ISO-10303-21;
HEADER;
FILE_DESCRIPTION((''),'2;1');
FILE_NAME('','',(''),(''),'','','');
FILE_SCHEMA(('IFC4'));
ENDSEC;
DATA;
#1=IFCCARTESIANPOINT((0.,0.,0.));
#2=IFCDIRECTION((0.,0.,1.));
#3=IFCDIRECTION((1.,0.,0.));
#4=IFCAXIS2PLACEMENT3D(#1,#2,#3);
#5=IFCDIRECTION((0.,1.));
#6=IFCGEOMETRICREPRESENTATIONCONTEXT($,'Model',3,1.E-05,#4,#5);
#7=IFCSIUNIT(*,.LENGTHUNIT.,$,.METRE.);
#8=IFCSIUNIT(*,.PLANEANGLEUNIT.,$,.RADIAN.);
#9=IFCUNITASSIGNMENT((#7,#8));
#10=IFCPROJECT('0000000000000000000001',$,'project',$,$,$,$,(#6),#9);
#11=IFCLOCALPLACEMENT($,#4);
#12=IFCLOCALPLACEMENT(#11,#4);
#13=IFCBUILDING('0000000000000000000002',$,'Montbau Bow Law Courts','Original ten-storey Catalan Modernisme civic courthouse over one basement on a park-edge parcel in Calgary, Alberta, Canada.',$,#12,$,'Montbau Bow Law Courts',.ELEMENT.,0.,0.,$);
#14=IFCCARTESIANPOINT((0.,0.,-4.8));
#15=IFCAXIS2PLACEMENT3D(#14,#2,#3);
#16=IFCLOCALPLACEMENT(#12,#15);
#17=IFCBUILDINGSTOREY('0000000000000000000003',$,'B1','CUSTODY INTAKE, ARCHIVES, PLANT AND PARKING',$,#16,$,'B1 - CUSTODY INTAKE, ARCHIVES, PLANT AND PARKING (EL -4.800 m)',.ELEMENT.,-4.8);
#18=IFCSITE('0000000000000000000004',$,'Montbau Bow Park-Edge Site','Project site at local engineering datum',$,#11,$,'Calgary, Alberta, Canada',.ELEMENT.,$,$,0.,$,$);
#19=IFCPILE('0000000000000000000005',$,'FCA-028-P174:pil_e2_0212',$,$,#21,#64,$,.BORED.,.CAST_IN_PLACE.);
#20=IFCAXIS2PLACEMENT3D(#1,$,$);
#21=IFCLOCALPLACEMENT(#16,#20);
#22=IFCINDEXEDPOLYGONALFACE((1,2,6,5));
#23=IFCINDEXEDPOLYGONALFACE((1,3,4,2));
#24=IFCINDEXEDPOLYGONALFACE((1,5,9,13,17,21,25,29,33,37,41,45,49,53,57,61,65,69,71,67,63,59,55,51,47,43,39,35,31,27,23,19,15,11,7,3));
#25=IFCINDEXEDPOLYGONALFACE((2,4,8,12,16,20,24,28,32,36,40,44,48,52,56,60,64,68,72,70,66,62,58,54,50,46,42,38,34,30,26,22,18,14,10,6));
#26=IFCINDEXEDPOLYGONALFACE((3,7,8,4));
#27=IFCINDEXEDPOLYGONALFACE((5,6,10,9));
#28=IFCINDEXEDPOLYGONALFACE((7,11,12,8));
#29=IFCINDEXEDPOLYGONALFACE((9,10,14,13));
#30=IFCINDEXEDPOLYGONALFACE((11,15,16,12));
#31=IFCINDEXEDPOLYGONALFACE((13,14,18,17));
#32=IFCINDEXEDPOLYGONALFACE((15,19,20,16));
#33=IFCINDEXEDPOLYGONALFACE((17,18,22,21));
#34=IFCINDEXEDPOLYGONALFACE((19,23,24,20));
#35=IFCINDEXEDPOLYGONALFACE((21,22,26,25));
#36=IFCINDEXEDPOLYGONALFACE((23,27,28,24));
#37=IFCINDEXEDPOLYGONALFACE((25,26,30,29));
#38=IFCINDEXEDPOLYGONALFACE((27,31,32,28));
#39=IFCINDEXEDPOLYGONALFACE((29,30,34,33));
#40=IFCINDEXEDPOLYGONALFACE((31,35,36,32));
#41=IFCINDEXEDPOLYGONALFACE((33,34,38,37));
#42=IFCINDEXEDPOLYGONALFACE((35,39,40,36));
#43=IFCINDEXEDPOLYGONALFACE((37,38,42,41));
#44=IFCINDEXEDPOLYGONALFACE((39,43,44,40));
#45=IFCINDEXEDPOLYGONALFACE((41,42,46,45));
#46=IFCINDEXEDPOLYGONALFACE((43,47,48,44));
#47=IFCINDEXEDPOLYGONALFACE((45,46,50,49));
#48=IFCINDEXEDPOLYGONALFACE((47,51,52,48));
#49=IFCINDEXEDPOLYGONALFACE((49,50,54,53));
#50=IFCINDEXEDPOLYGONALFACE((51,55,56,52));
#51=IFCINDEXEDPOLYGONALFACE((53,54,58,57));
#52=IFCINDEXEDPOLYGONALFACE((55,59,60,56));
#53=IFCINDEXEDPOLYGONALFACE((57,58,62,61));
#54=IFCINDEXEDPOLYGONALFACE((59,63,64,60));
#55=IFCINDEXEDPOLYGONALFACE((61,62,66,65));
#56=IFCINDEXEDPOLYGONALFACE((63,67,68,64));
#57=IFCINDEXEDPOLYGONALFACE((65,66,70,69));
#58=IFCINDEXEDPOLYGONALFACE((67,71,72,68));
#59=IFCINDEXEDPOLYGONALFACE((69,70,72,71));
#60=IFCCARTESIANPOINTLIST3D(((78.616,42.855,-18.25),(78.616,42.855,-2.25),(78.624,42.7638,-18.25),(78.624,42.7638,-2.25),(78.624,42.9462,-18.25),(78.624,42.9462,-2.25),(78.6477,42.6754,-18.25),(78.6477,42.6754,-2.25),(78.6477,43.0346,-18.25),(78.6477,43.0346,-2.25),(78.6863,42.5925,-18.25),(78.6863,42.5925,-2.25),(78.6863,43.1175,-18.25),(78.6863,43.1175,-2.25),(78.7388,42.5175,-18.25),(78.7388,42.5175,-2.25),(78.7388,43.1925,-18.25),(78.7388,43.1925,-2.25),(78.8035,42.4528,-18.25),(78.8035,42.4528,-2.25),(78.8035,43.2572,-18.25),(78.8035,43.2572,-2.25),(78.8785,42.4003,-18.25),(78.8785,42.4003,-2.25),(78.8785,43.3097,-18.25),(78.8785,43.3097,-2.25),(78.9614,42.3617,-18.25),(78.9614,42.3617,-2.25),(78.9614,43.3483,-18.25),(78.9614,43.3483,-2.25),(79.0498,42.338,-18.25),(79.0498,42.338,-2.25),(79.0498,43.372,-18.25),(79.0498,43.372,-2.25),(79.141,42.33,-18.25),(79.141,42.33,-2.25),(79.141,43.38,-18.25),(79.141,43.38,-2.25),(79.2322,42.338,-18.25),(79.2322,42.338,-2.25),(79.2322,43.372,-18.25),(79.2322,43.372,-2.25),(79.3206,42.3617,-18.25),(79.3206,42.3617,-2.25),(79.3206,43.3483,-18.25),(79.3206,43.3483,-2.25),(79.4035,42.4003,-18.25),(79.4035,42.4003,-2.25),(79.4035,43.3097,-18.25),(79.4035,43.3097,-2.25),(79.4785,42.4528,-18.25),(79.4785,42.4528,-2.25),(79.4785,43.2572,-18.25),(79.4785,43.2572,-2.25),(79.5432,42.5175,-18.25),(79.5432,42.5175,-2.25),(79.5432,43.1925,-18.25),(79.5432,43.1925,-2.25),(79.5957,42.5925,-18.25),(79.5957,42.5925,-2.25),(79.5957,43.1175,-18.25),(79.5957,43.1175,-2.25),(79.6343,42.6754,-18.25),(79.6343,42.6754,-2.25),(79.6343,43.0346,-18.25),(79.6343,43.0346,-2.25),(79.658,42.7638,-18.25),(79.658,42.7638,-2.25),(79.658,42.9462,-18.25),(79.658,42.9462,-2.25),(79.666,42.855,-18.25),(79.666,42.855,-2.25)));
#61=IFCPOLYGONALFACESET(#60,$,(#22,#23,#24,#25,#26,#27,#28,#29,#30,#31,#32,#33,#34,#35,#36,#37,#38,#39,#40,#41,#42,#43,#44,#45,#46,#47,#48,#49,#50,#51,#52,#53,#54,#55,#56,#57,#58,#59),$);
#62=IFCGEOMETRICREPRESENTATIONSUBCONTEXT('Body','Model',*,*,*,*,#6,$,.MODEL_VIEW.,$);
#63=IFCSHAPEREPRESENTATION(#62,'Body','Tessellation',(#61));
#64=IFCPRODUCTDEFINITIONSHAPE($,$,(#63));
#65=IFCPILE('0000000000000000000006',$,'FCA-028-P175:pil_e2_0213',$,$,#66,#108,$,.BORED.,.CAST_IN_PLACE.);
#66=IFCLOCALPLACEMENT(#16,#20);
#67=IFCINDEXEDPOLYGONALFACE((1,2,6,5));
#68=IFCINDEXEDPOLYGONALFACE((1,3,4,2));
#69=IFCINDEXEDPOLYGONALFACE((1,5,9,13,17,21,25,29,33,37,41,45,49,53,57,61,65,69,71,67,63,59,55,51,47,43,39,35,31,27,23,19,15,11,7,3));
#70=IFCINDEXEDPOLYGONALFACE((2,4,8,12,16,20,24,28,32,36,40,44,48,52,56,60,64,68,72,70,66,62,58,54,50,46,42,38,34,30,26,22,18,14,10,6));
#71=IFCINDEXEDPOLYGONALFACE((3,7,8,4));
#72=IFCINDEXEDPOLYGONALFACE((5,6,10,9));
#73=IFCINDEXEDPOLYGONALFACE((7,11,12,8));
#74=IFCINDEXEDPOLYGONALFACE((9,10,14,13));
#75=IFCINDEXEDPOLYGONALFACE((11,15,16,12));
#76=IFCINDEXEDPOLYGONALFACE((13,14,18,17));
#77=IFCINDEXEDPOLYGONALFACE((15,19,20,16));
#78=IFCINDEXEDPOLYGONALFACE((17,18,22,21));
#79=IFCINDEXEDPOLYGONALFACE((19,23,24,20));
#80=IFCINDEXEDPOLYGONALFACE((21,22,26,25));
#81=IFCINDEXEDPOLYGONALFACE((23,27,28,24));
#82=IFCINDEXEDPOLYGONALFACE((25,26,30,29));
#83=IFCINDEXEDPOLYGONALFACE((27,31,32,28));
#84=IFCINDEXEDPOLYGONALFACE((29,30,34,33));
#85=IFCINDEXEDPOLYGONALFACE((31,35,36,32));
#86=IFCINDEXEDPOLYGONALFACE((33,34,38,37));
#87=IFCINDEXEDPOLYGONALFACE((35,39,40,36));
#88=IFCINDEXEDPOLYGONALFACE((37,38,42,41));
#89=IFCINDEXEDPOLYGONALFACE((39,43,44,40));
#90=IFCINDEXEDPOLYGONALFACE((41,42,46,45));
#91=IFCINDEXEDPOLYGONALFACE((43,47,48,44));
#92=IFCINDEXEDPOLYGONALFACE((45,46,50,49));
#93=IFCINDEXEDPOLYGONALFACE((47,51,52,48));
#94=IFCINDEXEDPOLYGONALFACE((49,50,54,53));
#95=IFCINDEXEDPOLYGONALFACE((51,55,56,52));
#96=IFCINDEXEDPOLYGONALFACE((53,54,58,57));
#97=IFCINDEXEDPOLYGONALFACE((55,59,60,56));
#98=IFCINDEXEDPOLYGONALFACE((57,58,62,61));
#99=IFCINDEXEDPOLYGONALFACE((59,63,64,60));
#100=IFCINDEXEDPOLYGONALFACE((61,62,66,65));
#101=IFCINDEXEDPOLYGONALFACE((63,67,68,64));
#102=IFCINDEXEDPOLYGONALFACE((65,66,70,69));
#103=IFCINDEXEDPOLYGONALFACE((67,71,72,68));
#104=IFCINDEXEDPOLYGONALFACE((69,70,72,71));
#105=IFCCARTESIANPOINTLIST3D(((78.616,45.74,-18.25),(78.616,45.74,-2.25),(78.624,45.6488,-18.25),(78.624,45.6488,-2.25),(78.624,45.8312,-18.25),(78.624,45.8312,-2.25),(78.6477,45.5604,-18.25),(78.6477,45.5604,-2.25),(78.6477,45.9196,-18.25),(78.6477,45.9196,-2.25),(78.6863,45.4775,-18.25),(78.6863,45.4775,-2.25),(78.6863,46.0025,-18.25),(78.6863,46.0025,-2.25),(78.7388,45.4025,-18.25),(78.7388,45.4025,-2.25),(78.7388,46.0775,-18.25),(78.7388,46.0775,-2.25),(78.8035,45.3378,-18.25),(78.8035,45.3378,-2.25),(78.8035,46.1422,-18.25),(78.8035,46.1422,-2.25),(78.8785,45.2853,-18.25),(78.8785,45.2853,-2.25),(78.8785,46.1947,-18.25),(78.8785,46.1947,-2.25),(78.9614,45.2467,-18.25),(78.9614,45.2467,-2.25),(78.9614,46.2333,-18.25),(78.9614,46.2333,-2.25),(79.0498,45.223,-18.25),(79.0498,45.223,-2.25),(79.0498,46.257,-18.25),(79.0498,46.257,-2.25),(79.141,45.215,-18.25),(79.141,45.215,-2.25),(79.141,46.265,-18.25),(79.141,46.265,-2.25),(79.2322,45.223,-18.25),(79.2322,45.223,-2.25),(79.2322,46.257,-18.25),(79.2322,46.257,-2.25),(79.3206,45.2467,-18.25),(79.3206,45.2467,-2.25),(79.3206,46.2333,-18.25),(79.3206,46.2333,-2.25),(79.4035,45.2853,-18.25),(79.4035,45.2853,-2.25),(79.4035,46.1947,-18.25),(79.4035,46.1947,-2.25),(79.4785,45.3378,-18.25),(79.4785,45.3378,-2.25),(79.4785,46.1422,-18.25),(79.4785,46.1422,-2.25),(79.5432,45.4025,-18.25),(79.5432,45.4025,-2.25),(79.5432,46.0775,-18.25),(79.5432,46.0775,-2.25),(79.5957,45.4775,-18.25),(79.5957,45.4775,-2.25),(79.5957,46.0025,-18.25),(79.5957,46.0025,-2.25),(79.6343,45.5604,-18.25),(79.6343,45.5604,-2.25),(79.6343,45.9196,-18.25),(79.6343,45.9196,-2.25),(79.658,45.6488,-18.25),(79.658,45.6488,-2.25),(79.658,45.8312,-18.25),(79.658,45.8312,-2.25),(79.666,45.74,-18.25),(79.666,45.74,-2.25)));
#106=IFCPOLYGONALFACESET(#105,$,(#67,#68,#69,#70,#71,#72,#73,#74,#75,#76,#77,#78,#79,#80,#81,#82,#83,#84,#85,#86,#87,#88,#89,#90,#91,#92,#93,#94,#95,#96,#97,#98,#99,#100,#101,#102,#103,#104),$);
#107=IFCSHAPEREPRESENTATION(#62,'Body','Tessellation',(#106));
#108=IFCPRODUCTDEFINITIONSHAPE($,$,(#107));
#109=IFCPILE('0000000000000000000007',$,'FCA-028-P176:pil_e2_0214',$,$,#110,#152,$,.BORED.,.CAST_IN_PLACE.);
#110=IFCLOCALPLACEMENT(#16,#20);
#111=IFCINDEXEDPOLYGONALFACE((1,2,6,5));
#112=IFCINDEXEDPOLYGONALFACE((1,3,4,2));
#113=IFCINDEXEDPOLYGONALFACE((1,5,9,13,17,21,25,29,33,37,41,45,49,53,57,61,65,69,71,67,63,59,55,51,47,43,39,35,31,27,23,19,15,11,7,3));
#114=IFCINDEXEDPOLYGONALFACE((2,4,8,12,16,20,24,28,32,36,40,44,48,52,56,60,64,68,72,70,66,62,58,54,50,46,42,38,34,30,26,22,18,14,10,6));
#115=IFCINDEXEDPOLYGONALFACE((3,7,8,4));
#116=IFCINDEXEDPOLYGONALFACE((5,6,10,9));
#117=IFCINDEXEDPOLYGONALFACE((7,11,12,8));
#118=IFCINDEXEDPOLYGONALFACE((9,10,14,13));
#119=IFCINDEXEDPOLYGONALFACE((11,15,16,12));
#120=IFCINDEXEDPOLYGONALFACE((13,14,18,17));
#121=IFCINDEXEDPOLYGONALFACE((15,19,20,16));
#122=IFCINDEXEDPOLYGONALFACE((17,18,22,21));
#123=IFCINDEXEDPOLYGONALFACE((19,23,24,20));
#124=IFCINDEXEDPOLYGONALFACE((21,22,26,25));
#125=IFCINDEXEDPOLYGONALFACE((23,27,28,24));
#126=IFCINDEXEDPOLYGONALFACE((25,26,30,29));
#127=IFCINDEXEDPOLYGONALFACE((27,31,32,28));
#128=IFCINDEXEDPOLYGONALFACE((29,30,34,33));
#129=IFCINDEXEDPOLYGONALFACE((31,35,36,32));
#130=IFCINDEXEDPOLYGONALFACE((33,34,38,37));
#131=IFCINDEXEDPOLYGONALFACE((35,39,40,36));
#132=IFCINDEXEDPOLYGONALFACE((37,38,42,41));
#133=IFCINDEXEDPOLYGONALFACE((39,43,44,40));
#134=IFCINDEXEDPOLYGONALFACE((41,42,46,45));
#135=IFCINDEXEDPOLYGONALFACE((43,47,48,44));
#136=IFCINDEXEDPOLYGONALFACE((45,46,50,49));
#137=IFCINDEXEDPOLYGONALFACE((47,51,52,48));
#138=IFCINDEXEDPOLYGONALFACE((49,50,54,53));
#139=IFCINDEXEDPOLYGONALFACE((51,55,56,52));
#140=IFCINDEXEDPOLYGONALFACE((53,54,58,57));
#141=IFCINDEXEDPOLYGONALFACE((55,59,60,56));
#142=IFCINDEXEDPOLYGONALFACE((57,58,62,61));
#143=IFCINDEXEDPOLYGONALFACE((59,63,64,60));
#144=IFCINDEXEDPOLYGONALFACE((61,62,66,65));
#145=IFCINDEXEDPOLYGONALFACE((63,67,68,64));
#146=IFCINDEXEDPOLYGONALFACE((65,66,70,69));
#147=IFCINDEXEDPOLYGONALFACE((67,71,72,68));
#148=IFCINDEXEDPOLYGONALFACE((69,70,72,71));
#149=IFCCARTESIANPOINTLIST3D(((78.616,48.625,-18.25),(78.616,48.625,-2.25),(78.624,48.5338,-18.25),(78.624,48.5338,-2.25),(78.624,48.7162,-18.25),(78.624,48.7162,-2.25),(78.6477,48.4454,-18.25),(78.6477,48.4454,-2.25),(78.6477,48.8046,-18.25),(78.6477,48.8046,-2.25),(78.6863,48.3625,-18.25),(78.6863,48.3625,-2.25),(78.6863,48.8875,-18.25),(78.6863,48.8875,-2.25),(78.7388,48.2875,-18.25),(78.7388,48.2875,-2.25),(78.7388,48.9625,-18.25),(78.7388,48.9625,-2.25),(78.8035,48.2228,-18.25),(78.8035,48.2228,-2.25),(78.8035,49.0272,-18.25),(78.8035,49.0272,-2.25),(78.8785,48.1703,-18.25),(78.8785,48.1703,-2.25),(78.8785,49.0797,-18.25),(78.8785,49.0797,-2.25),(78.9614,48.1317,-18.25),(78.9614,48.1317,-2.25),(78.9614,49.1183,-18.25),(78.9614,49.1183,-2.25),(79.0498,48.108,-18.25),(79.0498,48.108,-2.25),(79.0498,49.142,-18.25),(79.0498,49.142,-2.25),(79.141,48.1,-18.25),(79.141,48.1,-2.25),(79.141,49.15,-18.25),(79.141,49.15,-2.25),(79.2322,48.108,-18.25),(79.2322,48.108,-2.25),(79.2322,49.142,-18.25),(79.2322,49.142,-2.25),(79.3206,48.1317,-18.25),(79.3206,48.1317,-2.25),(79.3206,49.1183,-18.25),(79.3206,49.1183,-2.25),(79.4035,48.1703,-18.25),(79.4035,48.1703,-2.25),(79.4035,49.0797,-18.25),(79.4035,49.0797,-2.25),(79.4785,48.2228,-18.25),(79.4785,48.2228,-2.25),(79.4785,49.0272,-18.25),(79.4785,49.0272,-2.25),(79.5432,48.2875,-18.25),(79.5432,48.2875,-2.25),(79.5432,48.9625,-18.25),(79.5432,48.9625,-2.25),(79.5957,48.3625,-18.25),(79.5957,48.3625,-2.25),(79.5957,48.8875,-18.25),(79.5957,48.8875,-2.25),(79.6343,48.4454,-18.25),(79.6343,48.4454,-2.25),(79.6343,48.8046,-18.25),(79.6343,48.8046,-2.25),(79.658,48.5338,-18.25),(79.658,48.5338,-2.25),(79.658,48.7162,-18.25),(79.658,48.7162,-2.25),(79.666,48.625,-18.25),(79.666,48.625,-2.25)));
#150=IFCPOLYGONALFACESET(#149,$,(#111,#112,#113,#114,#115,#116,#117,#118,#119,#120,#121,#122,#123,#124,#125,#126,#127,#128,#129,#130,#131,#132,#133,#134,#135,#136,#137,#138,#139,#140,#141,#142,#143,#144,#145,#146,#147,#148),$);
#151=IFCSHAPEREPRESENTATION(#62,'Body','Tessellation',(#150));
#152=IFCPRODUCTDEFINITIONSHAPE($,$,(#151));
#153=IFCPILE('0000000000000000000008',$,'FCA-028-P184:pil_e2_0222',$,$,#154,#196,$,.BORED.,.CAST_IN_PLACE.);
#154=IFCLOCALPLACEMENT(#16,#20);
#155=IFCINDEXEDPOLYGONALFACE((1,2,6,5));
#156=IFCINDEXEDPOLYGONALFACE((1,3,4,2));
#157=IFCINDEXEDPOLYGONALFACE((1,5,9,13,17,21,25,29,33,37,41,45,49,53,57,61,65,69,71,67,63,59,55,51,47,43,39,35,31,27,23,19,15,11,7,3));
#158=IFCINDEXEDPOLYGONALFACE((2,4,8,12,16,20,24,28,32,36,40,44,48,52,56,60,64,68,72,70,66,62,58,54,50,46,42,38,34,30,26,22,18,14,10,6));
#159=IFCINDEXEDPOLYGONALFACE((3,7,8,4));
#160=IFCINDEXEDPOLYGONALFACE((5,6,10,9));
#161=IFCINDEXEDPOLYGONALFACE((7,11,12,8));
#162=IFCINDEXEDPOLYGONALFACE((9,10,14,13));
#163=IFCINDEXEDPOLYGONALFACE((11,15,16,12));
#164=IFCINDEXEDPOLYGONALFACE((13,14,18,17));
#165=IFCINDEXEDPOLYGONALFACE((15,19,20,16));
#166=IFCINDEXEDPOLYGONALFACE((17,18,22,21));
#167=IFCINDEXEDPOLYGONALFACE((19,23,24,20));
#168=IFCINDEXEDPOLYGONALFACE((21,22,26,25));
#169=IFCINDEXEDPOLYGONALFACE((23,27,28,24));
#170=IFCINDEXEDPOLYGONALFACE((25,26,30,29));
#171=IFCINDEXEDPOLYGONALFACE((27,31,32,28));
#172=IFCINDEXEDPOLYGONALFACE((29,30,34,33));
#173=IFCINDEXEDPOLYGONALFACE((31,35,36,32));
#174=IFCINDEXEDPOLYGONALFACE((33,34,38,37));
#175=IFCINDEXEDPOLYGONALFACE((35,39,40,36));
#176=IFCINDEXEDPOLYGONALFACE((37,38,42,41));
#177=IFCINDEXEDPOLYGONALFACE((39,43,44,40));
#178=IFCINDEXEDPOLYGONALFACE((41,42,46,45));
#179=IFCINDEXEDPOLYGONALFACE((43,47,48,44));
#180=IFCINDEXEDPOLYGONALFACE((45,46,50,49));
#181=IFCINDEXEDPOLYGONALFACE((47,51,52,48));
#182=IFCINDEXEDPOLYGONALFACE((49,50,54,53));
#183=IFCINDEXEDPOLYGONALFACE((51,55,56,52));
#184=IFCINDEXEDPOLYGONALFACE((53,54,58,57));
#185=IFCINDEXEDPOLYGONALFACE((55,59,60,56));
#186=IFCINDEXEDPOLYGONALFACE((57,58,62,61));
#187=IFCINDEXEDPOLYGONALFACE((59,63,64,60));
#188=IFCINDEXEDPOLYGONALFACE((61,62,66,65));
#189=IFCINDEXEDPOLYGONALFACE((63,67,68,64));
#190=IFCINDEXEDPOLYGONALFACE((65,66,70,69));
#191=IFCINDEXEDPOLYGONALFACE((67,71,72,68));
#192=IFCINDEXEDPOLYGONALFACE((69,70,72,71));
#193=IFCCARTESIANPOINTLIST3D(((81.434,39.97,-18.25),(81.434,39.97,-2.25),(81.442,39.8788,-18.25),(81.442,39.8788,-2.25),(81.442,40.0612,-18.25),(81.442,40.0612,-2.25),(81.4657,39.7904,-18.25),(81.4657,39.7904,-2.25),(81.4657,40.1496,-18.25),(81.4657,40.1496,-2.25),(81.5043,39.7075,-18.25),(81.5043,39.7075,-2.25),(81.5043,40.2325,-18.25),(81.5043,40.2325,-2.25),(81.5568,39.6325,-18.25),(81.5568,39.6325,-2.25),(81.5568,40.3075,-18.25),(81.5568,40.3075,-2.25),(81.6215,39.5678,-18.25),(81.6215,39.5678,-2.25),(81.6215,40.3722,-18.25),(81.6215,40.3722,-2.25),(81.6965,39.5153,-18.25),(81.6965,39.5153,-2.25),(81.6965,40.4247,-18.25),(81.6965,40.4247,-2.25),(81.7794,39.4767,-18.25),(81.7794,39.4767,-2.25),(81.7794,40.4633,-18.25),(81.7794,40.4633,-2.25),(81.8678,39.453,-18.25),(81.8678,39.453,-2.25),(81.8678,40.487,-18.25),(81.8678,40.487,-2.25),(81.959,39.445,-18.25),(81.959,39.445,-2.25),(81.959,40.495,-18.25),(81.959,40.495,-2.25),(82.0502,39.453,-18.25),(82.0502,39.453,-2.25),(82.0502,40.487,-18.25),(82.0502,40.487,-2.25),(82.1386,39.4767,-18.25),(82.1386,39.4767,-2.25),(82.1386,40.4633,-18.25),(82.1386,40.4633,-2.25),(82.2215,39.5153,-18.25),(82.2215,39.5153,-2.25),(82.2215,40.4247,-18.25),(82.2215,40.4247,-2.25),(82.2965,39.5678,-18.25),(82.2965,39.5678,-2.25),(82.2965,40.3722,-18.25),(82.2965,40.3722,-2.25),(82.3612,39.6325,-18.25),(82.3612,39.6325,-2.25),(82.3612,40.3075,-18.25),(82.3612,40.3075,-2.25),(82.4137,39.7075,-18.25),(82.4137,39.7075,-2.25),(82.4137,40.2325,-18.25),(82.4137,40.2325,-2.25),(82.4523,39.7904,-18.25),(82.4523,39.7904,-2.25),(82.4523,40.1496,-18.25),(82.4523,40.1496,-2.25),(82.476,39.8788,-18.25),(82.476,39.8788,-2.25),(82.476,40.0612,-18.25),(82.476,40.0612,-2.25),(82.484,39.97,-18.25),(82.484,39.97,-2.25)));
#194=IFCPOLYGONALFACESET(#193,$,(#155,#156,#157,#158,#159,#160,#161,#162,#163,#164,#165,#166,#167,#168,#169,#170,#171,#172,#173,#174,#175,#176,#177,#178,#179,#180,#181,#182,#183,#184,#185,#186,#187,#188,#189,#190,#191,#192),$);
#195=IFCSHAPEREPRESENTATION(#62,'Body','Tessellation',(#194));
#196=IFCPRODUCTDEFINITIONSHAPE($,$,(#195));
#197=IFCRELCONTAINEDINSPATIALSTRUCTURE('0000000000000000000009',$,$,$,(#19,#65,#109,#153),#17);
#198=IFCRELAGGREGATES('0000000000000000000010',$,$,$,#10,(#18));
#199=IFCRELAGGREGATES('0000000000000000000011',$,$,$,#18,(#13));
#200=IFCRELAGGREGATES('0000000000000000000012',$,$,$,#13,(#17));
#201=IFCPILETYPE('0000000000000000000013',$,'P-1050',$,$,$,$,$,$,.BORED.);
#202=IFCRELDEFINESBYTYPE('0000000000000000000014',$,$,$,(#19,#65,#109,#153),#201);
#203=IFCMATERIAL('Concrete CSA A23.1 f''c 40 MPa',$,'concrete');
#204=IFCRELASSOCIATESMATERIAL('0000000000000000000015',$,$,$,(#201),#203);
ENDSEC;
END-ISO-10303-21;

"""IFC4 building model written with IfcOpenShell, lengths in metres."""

from ifc_helpers import new_model, si_unit, direction, frame, origin_with_axes, origin_2d_with_axis, place, context, subcontext, project, spatial, circle, extrude, material, material_profile, profile_set, type_object, element, save


model = new_model("IFC4")

# Units and contexts
model_context = context("Model", 3, precision=1e-05, world=origin_with_axes(), true_north=direction((0.0, 1.0)))
body_context = subcontext(model_context, "Body", "Model", "MODEL_VIEW")
ifc_project = project(units=[si_unit("LENGTHUNIT", "METRE"), si_unit("PLANEANGLEUNIT", "RADIAN")], contexts=[model_context])

# Site, building, storey
site_placement = place(None, origin_with_axes())
site = spatial("IfcSite", under=ifc_project, at=site_placement, Name="Montbau Bow Park-Edge Site", Description="Project site at local engineering datum", LongName="Calgary, Alberta, Canada", CompositionType="ELEMENT", RefElevation=0.0)
building_placement = place(site_placement, origin_with_axes())
building = spatial("IfcBuilding", under=site, at=building_placement, Name="Montbau Bow Law Courts", Description="Original ten-storey Catalan Modernisme civic courthouse over one basement on a park-edge parcel in Calgary, Alberta, Canada.", LongName="Montbau Bow Law Courts", CompositionType="ELEMENT", ElevationOfRefHeight=0.0, ElevationOfTerrain=0.0)
storey_placement = place(building_placement, frame((0.0, 0.0, -4.8), z_axis=(0.0, 0.0, 1.0), x_axis=(1.0, 0.0, 0.0)))
storey = spatial("IfcBuildingStorey", under=building, at=storey_placement, Name="B1", Description="CUSTODY INTAKE, ARCHIVES, PLANT AND PARKING", LongName="B1 - CUSTODY INTAKE, ARCHIVES, PLANT AND PARKING (EL -4.800 m)", CompositionType="ELEMENT", Elevation=-4.8)

# Piles
ifc_material_1 = material(Name="Concrete CSA A23.1 f'c 40 MPa", Category="concrete")
ifc_material_profile_1 = material_profile(ifc_material_1, circle(Radius=0.525, at=origin_2d_with_axis()), Name="BP1050", Category="Main", Priority=0)
ifc_profile_set_1 = profile_set([ifc_material_profile_1], Name="Concrete CSA A23.1 f'c 40 MPa")
pile_type = type_object("IfcPileType", Name="P-1050", PredefinedType="BORED", material=ifc_profile_set_1)
for number, where, z_axis, x_axis, name in (
    (1, (79.141, 42.855, -23.05), (0.0, 0.0, 1.0), (1.0, 0.0, 0.0), "FCA-028-P174:pil_e2_0212"),
    (2, (79.141, 45.74, -23.05), (0.0, 0.0, 1.0), (1.0, 0.0, 0.0), "FCA-028-P175:pil_e2_0213"),
    (3, (79.141, 48.625, -23.05), (0.0, 0.0, 1.0), (1.0, 0.0, 0.0), "FCA-028-P176:pil_e2_0214"),
    (4, (81.959, 39.97, -23.05), (0.0, 0.0, 1.0), (1.0, 0.0, 0.0), "FCA-028-P184:pil_e2_0222"),
):
    element("IfcPile", number, at=place(None, frame(where, z_axis=z_axis, x_axis=x_axis)), inside=storey, type_object=pile_type, Name=name, ConstructionType="CAST_IN_PLACE", PredefinedType="BORED", context=body_context, shape_type="SweptSolid", body=[
        extrude(circle(Radius=0.525, at=origin_2d_with_axis()), origin_with_axes(), (0.0, 0.0, 1.0), 16.0),
    ])

save(model, "model.ifc")
